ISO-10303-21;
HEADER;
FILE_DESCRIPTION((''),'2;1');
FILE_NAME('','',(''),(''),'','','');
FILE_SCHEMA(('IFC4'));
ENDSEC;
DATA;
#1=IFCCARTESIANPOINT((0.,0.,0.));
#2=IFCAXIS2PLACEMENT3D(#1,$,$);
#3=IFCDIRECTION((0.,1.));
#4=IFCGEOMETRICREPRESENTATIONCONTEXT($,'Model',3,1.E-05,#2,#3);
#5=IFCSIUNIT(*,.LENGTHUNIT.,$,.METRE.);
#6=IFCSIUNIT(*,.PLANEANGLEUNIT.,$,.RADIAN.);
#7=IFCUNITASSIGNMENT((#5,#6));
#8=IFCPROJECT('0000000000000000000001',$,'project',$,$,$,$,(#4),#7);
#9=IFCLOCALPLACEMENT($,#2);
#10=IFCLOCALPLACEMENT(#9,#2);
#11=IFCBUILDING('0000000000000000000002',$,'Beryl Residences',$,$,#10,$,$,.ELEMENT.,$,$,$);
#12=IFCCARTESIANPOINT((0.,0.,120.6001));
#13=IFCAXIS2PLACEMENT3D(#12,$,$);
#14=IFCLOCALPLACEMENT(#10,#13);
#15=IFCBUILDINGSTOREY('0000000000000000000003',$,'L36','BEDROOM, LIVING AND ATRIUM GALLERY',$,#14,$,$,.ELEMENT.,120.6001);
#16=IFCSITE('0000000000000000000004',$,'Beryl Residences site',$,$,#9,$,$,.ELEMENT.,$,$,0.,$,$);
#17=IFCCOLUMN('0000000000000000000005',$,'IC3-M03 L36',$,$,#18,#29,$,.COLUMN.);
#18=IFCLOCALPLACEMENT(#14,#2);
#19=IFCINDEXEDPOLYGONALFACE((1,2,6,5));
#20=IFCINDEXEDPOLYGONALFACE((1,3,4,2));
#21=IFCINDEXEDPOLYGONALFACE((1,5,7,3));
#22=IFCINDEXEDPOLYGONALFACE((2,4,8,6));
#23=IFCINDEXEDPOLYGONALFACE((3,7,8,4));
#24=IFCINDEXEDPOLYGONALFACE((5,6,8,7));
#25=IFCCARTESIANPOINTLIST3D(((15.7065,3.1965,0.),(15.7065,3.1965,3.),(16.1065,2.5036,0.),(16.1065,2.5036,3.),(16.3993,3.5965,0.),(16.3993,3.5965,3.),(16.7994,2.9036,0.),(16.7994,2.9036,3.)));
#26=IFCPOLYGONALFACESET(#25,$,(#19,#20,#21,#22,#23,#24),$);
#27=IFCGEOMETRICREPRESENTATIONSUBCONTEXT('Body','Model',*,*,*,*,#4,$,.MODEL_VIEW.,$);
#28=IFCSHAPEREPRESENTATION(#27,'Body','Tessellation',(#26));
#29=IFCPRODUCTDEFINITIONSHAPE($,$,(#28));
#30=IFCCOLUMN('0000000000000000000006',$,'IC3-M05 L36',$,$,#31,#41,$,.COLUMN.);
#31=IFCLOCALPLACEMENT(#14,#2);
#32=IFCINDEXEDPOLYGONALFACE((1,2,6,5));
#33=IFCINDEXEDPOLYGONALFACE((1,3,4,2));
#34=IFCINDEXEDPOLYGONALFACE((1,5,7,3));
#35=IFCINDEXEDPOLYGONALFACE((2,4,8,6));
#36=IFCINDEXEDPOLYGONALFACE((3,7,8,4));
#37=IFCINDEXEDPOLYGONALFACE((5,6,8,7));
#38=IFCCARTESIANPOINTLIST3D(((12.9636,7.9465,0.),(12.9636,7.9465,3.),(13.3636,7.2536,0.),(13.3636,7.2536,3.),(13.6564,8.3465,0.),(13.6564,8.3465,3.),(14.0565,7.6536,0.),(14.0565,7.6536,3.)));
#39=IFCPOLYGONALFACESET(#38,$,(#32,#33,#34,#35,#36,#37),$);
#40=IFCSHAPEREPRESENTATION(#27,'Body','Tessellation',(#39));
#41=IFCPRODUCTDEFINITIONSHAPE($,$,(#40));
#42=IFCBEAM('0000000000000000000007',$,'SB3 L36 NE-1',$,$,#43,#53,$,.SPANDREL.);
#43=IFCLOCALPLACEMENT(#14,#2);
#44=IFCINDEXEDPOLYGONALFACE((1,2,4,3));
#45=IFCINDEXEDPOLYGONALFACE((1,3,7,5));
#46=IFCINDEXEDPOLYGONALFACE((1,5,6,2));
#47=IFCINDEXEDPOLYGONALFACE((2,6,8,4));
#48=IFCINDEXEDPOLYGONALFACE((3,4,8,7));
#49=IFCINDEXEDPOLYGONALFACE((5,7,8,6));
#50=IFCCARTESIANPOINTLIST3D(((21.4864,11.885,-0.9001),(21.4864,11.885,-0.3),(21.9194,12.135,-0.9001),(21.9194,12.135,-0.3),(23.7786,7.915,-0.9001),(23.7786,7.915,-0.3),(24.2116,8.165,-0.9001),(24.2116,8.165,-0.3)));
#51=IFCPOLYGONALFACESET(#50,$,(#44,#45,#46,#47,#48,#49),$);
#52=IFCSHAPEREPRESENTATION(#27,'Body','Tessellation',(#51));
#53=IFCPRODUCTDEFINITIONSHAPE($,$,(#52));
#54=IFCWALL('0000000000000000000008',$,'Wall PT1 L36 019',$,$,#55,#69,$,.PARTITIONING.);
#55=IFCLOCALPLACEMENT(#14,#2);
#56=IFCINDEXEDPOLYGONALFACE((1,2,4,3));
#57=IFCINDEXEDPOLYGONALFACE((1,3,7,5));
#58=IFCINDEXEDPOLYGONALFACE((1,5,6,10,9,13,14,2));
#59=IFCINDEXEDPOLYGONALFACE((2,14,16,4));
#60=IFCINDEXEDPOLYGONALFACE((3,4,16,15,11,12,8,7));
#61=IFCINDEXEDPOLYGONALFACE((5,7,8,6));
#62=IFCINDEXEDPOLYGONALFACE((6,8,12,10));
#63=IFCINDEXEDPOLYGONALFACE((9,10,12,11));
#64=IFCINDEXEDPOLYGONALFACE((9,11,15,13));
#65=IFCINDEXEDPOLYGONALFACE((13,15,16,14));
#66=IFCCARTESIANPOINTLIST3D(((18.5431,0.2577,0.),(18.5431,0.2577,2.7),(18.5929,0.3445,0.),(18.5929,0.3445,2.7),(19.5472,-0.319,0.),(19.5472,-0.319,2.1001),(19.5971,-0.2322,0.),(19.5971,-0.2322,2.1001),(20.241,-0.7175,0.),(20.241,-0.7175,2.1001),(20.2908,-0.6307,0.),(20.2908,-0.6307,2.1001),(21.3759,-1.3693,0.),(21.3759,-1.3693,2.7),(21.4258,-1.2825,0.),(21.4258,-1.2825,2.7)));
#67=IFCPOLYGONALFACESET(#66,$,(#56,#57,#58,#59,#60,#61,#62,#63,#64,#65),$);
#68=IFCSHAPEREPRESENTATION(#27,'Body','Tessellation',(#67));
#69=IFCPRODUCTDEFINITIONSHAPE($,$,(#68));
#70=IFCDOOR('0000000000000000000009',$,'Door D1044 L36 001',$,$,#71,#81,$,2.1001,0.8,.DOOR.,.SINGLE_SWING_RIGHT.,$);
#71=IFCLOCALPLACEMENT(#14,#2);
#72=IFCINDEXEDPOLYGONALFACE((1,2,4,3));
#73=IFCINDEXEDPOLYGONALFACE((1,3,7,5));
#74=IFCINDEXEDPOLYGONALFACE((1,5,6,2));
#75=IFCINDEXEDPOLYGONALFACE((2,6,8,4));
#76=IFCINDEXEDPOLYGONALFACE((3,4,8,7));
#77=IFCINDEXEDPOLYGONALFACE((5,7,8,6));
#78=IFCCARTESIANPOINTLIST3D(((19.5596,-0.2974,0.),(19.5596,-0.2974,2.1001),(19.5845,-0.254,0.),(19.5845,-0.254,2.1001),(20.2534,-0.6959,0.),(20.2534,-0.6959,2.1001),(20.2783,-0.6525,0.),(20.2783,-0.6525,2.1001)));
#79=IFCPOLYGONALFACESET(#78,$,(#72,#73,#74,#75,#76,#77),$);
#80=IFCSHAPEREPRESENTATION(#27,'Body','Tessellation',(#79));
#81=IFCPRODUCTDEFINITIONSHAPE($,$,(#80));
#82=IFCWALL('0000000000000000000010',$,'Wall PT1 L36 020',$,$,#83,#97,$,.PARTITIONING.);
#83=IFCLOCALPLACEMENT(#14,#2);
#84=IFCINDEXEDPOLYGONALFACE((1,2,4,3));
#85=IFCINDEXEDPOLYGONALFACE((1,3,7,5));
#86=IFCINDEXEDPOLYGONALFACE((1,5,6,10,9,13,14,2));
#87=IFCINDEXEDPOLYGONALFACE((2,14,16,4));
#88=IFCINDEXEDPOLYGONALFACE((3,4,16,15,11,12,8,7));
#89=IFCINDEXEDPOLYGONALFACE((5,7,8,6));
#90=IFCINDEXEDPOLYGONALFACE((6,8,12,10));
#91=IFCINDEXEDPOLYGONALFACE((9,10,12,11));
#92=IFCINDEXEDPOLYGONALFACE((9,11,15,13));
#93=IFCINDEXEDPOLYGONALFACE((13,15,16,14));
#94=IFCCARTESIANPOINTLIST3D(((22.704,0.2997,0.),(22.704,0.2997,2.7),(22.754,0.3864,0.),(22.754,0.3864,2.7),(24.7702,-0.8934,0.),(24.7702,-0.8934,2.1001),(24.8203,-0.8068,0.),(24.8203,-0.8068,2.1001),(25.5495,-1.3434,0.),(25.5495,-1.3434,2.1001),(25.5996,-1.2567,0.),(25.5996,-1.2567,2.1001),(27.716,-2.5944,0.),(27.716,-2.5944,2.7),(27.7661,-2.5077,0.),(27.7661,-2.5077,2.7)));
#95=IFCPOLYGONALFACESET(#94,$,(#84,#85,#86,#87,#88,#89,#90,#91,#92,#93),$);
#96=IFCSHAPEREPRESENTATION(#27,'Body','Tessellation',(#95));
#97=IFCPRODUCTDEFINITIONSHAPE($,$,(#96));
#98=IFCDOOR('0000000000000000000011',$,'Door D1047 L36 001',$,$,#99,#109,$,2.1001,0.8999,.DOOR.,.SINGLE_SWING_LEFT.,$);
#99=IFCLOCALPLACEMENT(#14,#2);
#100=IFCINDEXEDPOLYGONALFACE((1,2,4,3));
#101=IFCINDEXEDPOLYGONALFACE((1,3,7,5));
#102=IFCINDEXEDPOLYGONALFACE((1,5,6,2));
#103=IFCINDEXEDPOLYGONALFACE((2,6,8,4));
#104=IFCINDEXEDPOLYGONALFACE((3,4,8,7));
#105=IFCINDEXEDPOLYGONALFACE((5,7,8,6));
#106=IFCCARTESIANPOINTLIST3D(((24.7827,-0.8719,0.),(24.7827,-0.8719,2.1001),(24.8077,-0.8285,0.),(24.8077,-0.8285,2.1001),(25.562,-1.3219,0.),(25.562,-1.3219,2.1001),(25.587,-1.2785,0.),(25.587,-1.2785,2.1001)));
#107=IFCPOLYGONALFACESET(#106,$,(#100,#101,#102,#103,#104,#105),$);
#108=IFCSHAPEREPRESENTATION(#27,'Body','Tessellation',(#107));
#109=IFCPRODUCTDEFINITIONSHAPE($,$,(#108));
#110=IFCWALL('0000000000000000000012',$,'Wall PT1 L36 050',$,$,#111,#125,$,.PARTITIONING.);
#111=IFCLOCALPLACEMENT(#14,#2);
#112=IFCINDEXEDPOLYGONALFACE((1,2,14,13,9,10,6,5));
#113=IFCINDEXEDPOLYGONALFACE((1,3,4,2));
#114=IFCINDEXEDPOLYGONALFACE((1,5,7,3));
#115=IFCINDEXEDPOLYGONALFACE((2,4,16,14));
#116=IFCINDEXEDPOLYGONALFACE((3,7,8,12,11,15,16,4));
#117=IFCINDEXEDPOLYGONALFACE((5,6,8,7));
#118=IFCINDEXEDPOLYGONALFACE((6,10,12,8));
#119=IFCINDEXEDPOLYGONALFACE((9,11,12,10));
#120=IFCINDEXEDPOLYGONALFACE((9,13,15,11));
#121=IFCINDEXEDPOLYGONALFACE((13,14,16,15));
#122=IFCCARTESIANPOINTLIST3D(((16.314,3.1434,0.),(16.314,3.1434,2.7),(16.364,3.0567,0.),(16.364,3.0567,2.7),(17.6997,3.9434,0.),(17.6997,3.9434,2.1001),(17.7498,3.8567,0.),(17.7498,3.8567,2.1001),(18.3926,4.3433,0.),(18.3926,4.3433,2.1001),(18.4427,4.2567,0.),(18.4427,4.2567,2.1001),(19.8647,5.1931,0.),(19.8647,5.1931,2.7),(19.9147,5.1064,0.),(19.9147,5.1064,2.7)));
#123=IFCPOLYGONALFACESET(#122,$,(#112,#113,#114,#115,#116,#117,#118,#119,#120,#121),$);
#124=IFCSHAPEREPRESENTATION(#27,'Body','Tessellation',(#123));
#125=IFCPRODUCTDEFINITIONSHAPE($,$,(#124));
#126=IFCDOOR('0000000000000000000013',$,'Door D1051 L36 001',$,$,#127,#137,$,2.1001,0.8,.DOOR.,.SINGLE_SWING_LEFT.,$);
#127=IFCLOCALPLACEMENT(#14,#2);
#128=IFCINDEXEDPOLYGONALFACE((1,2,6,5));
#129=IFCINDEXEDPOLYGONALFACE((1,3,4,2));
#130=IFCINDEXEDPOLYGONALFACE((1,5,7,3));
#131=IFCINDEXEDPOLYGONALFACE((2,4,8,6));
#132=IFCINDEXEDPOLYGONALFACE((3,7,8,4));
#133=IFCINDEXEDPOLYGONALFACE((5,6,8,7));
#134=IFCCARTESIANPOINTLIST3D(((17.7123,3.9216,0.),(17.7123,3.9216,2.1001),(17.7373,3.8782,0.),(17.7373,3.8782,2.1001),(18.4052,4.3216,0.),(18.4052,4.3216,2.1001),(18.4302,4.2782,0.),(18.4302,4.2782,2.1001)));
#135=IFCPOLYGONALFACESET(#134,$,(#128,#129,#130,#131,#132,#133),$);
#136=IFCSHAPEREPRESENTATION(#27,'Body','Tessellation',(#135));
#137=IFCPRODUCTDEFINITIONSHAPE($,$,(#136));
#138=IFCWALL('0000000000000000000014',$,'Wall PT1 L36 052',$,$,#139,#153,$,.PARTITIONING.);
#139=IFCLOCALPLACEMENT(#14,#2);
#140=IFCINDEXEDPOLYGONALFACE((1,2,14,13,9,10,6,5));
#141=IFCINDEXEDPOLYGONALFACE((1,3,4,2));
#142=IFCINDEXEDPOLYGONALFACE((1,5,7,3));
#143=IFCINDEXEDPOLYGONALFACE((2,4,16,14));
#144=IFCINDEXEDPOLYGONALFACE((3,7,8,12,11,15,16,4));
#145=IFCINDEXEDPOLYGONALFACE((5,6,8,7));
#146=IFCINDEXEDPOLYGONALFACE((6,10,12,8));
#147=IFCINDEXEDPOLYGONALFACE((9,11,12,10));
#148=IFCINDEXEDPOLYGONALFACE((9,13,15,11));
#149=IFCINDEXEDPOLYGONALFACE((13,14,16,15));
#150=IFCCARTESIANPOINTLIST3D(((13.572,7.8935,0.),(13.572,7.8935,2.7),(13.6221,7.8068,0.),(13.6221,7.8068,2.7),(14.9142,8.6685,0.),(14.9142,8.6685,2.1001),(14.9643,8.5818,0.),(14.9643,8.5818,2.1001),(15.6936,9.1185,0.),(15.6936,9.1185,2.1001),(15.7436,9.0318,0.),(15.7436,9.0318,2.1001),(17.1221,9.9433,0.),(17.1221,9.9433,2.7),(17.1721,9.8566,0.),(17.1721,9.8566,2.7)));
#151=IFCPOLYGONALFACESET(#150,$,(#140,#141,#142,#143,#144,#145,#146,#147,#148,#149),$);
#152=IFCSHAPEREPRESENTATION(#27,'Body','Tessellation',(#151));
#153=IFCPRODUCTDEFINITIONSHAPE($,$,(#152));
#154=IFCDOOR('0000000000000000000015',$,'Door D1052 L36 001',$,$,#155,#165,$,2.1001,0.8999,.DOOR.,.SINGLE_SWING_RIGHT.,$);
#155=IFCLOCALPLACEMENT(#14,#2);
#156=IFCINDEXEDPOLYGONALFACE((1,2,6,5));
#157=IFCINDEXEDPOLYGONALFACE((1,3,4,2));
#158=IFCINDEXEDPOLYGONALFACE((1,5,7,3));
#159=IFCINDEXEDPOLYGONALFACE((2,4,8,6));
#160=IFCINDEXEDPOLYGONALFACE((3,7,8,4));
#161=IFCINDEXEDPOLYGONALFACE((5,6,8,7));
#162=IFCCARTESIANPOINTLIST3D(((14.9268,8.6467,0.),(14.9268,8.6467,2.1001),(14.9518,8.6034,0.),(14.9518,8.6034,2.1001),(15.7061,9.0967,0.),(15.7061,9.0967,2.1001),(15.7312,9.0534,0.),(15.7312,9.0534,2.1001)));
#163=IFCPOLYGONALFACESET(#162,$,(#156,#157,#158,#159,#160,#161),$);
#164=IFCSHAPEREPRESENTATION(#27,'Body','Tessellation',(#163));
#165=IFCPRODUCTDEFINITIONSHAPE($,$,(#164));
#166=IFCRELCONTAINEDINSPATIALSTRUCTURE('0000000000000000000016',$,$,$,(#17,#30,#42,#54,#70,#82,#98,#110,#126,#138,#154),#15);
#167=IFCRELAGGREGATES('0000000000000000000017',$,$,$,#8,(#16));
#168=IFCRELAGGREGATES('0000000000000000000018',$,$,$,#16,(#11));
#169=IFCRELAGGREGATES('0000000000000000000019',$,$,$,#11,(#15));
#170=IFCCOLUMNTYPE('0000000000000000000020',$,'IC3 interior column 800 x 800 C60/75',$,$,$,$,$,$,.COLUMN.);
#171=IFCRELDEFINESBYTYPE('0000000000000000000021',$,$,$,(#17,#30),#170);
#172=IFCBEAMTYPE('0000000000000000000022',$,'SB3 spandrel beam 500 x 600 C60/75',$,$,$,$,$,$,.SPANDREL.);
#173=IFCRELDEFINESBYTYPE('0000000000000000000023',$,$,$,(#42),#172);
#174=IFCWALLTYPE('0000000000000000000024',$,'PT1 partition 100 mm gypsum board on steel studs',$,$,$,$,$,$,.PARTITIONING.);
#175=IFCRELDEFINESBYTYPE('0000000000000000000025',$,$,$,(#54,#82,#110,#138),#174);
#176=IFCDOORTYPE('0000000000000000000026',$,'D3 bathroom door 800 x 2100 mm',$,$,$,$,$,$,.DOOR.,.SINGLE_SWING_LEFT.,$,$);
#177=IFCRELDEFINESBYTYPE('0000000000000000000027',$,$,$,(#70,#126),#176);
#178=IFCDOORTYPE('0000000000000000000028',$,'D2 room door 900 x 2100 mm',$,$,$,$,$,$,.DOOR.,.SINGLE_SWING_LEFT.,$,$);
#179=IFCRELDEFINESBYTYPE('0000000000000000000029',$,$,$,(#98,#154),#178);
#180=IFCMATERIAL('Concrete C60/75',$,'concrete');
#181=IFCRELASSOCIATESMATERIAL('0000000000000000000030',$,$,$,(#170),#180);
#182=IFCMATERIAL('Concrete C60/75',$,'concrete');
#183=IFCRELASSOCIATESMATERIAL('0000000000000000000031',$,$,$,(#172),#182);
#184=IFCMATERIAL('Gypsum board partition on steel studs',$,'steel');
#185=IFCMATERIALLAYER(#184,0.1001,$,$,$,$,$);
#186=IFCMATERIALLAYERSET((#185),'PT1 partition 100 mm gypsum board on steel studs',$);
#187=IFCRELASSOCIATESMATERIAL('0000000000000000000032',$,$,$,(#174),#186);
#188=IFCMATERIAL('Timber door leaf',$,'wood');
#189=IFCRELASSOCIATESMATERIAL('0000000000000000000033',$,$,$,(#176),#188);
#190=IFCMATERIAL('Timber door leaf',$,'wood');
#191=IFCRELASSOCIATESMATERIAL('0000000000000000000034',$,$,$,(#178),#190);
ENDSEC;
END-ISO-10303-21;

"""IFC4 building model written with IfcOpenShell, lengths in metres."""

from ifc_helpers import new_model, si_unit, direction, frame, frame_2d, origin, origin_2d, place, context, subcontext, project, spatial, rectangle, extrude, material, layer, layer_set, material_profile, profile_set, type_object, element, fill, save


model = new_model("IFC4")

# Units and contexts
model_context = context("Model", 3, precision=1e-05, world=origin(), true_north=direction((0.0, 1.0)))
body_context = subcontext(model_context, "Body", "Model", "MODEL_VIEW")
ifc_project = project(units=[si_unit("LENGTHUNIT", "METRE"), si_unit("PLANEANGLEUNIT", "RADIAN")], contexts=[model_context])

# Site, building, storey
site_placement = place(None, origin())
site = spatial("IfcSite", under=ifc_project, at=site_placement, Name="Beryl Residences site", CompositionType="ELEMENT", RefElevation=0.0)
building_placement = place(site_placement, origin())
building = spatial("IfcBuilding", under=site, at=building_placement, Name="Beryl Residences", CompositionType="ELEMENT")
storey_placement = place(building_placement, frame((0.0, 0.0, 120.6001)))
storey = spatial("IfcBuildingStorey", under=building, at=storey_placement, Name="L36", Description="BEDROOM, LIVING AND ATRIUM GALLERY", CompositionType="ELEMENT", Elevation=120.6001)

# Columns
ifc_material_1 = material(Name="Concrete C60/75", Category="concrete")
ifc_material_profile_1 = material_profile(ifc_material_1, rectangle(XDim=0.8, YDim=0.8, at=origin_2d()))
ifc_profile_set_1 = profile_set([ifc_material_profile_1], Name="Concrete C60/75")
column_type = type_object("IfcColumnType", Name="IC3 interior column 800 x 800 C60/75", PredefinedType="COLUMN", material=ifc_profile_set_1)
for number, where, z_axis, x_axis, name in (
    (1, (16.2529, 3.05, 0.0), (0.0, 0.0, 1.0), (-0.5, 0.866025, 0.0), "IC3-M03 L36"),
    (2, (13.51, 7.8, 0.0), (0.0, 0.0, 1.0), (-0.5, 0.866025, 0.0), "IC3-M05 L36"),
):
    element("IfcColumn", number, at=place(storey_placement, frame(where, z_axis=z_axis, x_axis=x_axis)), inside=storey, type_object=column_type, Name=name, PredefinedType="COLUMN", context=body_context, shape_type="SweptSolid", body=[
        extrude(rectangle(XDim=0.8, YDim=0.8, at=origin_2d()), origin(), (0.0, 0.0, 1.0), 3.0),
    ])

# Beam
ifc_material_2 = material(Name="Concrete C60/75", Category="concrete")
ifc_material_profile_2 = material_profile(ifc_material_2, rectangle(XDim=0.5, YDim=0.6001, at=origin_2d()))
ifc_profile_set_2 = profile_set([ifc_material_profile_2], Name="Concrete C60/75")
beam_type = type_object("IfcBeamType", Name="SB3 spandrel beam 500 x 600 C60/75", PredefinedType="SPANDREL", material=ifc_profile_set_2)
beam_placement = place(storey_placement, frame((23.9951, 8.04, -0.6001), z_axis=(-0.500028, 0.866009, 0.0), x_axis=(-0.866009, -0.500028, 0.0)))
element("IfcBeam", 3, at=beam_placement, inside=storey, type_object=beam_type, Name="SB3 L36 NE-1", PredefinedType="SPANDREL", context=body_context, shape_type="SweptSolid", body=[
    extrude(rectangle(XDim=0.5, YDim=0.6001, at=origin_2d()), origin(), (0.0, 0.0, 1.0), 4.5842),
])

# Walls, openings, doors
ifc_material_3 = material(Name="Gypsum board partition on steel studs", Category="steel")
ifc_layer_1 = layer(ifc_material_3, 0.1001)
ifc_layer_set_1 = layer_set([ifc_layer_1], Name="PT1 partition 100 mm gypsum board on steel studs")
wall_type_1 = type_object("IfcWallType", Name="PT1 partition 100 mm gypsum board on steel studs", PredefinedType="PARTITIONING", material=ifc_layer_set_1)
wall_1_placement = place(storey_placement, frame((18.5681, 0.301, 0.0), z_axis=(0.0, 0.0, 1.0), x_axis=(0.867156, -0.498037, 0.0)))
wall_1 = element("IfcWall", 4, at=wall_1_placement, inside=storey, type_object=wall_type_1, Name="Wall PT1 L36 019", PredefinedType="PARTITIONING", context=body_context, shape_type="SweptSolid", body=[
    extrude(rectangle(XDim=3.2668, YDim=0.1001, at=frame_2d((1.6333, 0.0))), origin(), (0.0, 0.0, 1.0), 2.7),
])
opening_1_placement = place(wall_1_placement, frame((1.158, 0.0, 0.0)))
opening_1 = element("IfcOpeningElement", 5, at=opening_1_placement, cuts=wall_1, PredefinedType="OPENING", context=body_context, shape_type="SweptSolid", body=[
    extrude(rectangle(XDim=0.8, YDim=2.1001, at=frame_2d((0.3999, 1.05))), frame((0.0, 0.0601, 0.0), z_axis=(0.0, -1.0, 0.0), x_axis=(1.0, 0.0, 0.0)), (0.0, 0.0, 1.0), 0.1201),
])
ifc_material_4 = material(Name="Timber door leaf", Category="wood")
door_type_1 = type_object("IfcDoorType", Name="D3 bathroom door 800 x 2100 mm", OperationType="SINGLE_SWING_LEFT", PredefinedType="DOOR", material=ifc_material_4)
door_1_placement = place(opening_1_placement, origin())
door_1 = element("IfcDoor", 6, at=door_1_placement, inside=storey, type_object=door_type_1, Name="Door D1044 L36 001", OperationType="SINGLE_SWING_RIGHT", OverallHeight=2.1001, OverallWidth=0.8, PredefinedType="DOOR", context=body_context, shape_type="SweptSolid", body=[
    extrude(rectangle(XDim=0.8, YDim=2.1001, at=frame_2d((0.3999, 1.05))), frame((0.0, 0.0249, 0.0), z_axis=(0.0, -1.0, 0.0), x_axis=(1.0, 0.0, 0.0)), (0.0, 0.0, 1.0), 0.05),
])
fill(opening_1, door_1)
wall_2_placement = place(storey_placement, frame((22.729, 0.343, 0.0), z_axis=(0.0, 0.0, 1.0), x_axis=(0.865997, -0.50005, 0.0)))
wall_2 = element("IfcWall", 7, at=wall_2_placement, inside=storey, type_object=wall_type_1, Name="Wall PT1 L36 020", PredefinedType="PARTITIONING", context=body_context, shape_type="SweptSolid", body=[
    extrude(rectangle(XDim=5.7876, YDim=0.1001, at=frame_2d((2.8938, 0.0))), origin(), (0.0, 0.0, 1.0), 2.7),
])
opening_2_placement = place(wall_2_placement, frame((2.386, 0.0, 0.0)))
opening_2 = element("IfcOpeningElement", 8, at=opening_2_placement, cuts=wall_2, PredefinedType="OPENING", context=body_context, shape_type="SweptSolid", body=[
    extrude(rectangle(XDim=0.8999, YDim=2.1001, at=frame_2d((0.45, 1.05))), frame((0.0, 0.0601, 0.0), z_axis=(0.0, -1.0, 0.0), x_axis=(1.0, 0.0, 0.0)), (0.0, 0.0, 1.0), 0.1201),
])
ifc_material_5 = material(Name="Timber door leaf", Category="wood")
door_type_2 = type_object("IfcDoorType", Name="D2 room door 900 x 2100 mm", OperationType="SINGLE_SWING_LEFT", PredefinedType="DOOR", material=ifc_material_5)
door_2_placement = place(opening_2_placement, origin())
door_2 = element("IfcDoor", 9, at=door_2_placement, inside=storey, type_object=door_type_2, Name="Door D1047 L36 001", OperationType="SINGLE_SWING_LEFT", OverallHeight=2.1001, OverallWidth=0.8999, PredefinedType="DOOR", context=body_context, shape_type="SweptSolid", body=[
    extrude(rectangle(XDim=0.8999, YDim=2.1001, at=frame_2d((0.45, 1.05))), frame((0.0, 0.0249, 0.0), z_axis=(0.0, -1.0, 0.0), x_axis=(1.0, 0.0, 0.0)), (0.0, 0.0, 1.0), 0.05),
])
fill(opening_2, door_2)
wall_3_placement = place(storey_placement, frame((16.3391, 3.1001, 0.0), z_axis=(0.0, 0.0, 1.0), x_axis=(0.866051, 0.499956, 0.0)))
wall_3 = element("IfcWall", 10, at=wall_3_placement, inside=storey, type_object=wall_type_1, Name="Wall PT1 L36 050", PredefinedType="PARTITIONING", context=body_context, shape_type="SweptSolid", body=[
    extrude(rectangle(XDim=4.0999, YDim=0.1001, at=frame_2d((2.0498, 0.0))), origin(), (0.0, 0.0, 1.0), 2.7),
])
opening_3_placement = place(wall_3_placement, frame((1.6001, 0.0, 0.0)))
opening_3 = element("IfcOpeningElement", 11, at=opening_3_placement, cuts=wall_3, PredefinedType="OPENING", context=body_context, shape_type="SweptSolid", body=[
    extrude(rectangle(XDim=0.8, YDim=2.1001, at=frame_2d((0.3999, 1.05))), frame((0.0, 0.0601, 0.0), z_axis=(0.0, -1.0, 0.0), x_axis=(1.0, 0.0, 0.0)), (0.0, 0.0, 1.0), 0.1201),
])
door_3_placement = place(opening_3_placement, origin())
door_3 = element("IfcDoor", 12, at=door_3_placement, inside=storey, type_object=door_type_1, Name="Door D1051 L36 001", OperationType="SINGLE_SWING_LEFT", OverallHeight=2.1001, OverallWidth=0.8, PredefinedType="DOOR", context=body_context, shape_type="SweptSolid", body=[
    extrude(rectangle(XDim=0.8, YDim=2.1001, at=frame_2d((0.3999, 1.05))), frame((0.0, 0.0249, 0.0), z_axis=(0.0, -1.0, 0.0), x_axis=(1.0, 0.0, 0.0)), (0.0, 0.0, 1.0), 0.05),
])
fill(opening_3, door_3)
wall_4_placement = place(storey_placement, frame((13.5969, 7.8501, 0.0), z_axis=(0.0, 0.0, 1.0), x_axis=(0.866006, 0.500033, 0.0)))
wall_4 = element("IfcWall", 13, at=wall_4_placement, inside=storey, type_object=wall_type_1, Name="Wall PT1 L36 052", PredefinedType="PARTITIONING", context=body_context, shape_type="SweptSolid", body=[
    extrude(rectangle(XDim=4.0994, YDim=0.1001, at=frame_2d((2.0498, 0.0))), origin(), (0.0, 0.0, 1.0), 2.7),
])
opening_4_placement = place(wall_4_placement, frame((1.55, 0.0, 0.0)))
opening_4 = element("IfcOpeningElement", 14, at=opening_4_placement, cuts=wall_4, PredefinedType="OPENING", context=body_context, shape_type="SweptSolid", body=[
    extrude(rectangle(XDim=0.8999, YDim=2.1001, at=frame_2d((0.45, 1.05))), frame((0.0, 0.0601, 0.0), z_axis=(0.0, -1.0, 0.0), x_axis=(1.0, 0.0, 0.0)), (0.0, 0.0, 1.0), 0.1201),
])
door_4_placement = place(opening_4_placement, origin())
door_4 = element("IfcDoor", 15, at=door_4_placement, inside=storey, type_object=door_type_2, Name="Door D1052 L36 001", OperationType="SINGLE_SWING_RIGHT", OverallHeight=2.1001, OverallWidth=0.8999, PredefinedType="DOOR", context=body_context, shape_type="SweptSolid", body=[
    extrude(rectangle(XDim=0.8999, YDim=2.1001, at=frame_2d((0.45, 1.05))), frame((0.0, 0.0249, 0.0), z_axis=(0.0, -1.0, 0.0), x_axis=(1.0, 0.0, 0.0)), (0.0, 0.0, 1.0), 0.05),
])
fill(opening_4, door_4)

save(model, "model.ifc")
